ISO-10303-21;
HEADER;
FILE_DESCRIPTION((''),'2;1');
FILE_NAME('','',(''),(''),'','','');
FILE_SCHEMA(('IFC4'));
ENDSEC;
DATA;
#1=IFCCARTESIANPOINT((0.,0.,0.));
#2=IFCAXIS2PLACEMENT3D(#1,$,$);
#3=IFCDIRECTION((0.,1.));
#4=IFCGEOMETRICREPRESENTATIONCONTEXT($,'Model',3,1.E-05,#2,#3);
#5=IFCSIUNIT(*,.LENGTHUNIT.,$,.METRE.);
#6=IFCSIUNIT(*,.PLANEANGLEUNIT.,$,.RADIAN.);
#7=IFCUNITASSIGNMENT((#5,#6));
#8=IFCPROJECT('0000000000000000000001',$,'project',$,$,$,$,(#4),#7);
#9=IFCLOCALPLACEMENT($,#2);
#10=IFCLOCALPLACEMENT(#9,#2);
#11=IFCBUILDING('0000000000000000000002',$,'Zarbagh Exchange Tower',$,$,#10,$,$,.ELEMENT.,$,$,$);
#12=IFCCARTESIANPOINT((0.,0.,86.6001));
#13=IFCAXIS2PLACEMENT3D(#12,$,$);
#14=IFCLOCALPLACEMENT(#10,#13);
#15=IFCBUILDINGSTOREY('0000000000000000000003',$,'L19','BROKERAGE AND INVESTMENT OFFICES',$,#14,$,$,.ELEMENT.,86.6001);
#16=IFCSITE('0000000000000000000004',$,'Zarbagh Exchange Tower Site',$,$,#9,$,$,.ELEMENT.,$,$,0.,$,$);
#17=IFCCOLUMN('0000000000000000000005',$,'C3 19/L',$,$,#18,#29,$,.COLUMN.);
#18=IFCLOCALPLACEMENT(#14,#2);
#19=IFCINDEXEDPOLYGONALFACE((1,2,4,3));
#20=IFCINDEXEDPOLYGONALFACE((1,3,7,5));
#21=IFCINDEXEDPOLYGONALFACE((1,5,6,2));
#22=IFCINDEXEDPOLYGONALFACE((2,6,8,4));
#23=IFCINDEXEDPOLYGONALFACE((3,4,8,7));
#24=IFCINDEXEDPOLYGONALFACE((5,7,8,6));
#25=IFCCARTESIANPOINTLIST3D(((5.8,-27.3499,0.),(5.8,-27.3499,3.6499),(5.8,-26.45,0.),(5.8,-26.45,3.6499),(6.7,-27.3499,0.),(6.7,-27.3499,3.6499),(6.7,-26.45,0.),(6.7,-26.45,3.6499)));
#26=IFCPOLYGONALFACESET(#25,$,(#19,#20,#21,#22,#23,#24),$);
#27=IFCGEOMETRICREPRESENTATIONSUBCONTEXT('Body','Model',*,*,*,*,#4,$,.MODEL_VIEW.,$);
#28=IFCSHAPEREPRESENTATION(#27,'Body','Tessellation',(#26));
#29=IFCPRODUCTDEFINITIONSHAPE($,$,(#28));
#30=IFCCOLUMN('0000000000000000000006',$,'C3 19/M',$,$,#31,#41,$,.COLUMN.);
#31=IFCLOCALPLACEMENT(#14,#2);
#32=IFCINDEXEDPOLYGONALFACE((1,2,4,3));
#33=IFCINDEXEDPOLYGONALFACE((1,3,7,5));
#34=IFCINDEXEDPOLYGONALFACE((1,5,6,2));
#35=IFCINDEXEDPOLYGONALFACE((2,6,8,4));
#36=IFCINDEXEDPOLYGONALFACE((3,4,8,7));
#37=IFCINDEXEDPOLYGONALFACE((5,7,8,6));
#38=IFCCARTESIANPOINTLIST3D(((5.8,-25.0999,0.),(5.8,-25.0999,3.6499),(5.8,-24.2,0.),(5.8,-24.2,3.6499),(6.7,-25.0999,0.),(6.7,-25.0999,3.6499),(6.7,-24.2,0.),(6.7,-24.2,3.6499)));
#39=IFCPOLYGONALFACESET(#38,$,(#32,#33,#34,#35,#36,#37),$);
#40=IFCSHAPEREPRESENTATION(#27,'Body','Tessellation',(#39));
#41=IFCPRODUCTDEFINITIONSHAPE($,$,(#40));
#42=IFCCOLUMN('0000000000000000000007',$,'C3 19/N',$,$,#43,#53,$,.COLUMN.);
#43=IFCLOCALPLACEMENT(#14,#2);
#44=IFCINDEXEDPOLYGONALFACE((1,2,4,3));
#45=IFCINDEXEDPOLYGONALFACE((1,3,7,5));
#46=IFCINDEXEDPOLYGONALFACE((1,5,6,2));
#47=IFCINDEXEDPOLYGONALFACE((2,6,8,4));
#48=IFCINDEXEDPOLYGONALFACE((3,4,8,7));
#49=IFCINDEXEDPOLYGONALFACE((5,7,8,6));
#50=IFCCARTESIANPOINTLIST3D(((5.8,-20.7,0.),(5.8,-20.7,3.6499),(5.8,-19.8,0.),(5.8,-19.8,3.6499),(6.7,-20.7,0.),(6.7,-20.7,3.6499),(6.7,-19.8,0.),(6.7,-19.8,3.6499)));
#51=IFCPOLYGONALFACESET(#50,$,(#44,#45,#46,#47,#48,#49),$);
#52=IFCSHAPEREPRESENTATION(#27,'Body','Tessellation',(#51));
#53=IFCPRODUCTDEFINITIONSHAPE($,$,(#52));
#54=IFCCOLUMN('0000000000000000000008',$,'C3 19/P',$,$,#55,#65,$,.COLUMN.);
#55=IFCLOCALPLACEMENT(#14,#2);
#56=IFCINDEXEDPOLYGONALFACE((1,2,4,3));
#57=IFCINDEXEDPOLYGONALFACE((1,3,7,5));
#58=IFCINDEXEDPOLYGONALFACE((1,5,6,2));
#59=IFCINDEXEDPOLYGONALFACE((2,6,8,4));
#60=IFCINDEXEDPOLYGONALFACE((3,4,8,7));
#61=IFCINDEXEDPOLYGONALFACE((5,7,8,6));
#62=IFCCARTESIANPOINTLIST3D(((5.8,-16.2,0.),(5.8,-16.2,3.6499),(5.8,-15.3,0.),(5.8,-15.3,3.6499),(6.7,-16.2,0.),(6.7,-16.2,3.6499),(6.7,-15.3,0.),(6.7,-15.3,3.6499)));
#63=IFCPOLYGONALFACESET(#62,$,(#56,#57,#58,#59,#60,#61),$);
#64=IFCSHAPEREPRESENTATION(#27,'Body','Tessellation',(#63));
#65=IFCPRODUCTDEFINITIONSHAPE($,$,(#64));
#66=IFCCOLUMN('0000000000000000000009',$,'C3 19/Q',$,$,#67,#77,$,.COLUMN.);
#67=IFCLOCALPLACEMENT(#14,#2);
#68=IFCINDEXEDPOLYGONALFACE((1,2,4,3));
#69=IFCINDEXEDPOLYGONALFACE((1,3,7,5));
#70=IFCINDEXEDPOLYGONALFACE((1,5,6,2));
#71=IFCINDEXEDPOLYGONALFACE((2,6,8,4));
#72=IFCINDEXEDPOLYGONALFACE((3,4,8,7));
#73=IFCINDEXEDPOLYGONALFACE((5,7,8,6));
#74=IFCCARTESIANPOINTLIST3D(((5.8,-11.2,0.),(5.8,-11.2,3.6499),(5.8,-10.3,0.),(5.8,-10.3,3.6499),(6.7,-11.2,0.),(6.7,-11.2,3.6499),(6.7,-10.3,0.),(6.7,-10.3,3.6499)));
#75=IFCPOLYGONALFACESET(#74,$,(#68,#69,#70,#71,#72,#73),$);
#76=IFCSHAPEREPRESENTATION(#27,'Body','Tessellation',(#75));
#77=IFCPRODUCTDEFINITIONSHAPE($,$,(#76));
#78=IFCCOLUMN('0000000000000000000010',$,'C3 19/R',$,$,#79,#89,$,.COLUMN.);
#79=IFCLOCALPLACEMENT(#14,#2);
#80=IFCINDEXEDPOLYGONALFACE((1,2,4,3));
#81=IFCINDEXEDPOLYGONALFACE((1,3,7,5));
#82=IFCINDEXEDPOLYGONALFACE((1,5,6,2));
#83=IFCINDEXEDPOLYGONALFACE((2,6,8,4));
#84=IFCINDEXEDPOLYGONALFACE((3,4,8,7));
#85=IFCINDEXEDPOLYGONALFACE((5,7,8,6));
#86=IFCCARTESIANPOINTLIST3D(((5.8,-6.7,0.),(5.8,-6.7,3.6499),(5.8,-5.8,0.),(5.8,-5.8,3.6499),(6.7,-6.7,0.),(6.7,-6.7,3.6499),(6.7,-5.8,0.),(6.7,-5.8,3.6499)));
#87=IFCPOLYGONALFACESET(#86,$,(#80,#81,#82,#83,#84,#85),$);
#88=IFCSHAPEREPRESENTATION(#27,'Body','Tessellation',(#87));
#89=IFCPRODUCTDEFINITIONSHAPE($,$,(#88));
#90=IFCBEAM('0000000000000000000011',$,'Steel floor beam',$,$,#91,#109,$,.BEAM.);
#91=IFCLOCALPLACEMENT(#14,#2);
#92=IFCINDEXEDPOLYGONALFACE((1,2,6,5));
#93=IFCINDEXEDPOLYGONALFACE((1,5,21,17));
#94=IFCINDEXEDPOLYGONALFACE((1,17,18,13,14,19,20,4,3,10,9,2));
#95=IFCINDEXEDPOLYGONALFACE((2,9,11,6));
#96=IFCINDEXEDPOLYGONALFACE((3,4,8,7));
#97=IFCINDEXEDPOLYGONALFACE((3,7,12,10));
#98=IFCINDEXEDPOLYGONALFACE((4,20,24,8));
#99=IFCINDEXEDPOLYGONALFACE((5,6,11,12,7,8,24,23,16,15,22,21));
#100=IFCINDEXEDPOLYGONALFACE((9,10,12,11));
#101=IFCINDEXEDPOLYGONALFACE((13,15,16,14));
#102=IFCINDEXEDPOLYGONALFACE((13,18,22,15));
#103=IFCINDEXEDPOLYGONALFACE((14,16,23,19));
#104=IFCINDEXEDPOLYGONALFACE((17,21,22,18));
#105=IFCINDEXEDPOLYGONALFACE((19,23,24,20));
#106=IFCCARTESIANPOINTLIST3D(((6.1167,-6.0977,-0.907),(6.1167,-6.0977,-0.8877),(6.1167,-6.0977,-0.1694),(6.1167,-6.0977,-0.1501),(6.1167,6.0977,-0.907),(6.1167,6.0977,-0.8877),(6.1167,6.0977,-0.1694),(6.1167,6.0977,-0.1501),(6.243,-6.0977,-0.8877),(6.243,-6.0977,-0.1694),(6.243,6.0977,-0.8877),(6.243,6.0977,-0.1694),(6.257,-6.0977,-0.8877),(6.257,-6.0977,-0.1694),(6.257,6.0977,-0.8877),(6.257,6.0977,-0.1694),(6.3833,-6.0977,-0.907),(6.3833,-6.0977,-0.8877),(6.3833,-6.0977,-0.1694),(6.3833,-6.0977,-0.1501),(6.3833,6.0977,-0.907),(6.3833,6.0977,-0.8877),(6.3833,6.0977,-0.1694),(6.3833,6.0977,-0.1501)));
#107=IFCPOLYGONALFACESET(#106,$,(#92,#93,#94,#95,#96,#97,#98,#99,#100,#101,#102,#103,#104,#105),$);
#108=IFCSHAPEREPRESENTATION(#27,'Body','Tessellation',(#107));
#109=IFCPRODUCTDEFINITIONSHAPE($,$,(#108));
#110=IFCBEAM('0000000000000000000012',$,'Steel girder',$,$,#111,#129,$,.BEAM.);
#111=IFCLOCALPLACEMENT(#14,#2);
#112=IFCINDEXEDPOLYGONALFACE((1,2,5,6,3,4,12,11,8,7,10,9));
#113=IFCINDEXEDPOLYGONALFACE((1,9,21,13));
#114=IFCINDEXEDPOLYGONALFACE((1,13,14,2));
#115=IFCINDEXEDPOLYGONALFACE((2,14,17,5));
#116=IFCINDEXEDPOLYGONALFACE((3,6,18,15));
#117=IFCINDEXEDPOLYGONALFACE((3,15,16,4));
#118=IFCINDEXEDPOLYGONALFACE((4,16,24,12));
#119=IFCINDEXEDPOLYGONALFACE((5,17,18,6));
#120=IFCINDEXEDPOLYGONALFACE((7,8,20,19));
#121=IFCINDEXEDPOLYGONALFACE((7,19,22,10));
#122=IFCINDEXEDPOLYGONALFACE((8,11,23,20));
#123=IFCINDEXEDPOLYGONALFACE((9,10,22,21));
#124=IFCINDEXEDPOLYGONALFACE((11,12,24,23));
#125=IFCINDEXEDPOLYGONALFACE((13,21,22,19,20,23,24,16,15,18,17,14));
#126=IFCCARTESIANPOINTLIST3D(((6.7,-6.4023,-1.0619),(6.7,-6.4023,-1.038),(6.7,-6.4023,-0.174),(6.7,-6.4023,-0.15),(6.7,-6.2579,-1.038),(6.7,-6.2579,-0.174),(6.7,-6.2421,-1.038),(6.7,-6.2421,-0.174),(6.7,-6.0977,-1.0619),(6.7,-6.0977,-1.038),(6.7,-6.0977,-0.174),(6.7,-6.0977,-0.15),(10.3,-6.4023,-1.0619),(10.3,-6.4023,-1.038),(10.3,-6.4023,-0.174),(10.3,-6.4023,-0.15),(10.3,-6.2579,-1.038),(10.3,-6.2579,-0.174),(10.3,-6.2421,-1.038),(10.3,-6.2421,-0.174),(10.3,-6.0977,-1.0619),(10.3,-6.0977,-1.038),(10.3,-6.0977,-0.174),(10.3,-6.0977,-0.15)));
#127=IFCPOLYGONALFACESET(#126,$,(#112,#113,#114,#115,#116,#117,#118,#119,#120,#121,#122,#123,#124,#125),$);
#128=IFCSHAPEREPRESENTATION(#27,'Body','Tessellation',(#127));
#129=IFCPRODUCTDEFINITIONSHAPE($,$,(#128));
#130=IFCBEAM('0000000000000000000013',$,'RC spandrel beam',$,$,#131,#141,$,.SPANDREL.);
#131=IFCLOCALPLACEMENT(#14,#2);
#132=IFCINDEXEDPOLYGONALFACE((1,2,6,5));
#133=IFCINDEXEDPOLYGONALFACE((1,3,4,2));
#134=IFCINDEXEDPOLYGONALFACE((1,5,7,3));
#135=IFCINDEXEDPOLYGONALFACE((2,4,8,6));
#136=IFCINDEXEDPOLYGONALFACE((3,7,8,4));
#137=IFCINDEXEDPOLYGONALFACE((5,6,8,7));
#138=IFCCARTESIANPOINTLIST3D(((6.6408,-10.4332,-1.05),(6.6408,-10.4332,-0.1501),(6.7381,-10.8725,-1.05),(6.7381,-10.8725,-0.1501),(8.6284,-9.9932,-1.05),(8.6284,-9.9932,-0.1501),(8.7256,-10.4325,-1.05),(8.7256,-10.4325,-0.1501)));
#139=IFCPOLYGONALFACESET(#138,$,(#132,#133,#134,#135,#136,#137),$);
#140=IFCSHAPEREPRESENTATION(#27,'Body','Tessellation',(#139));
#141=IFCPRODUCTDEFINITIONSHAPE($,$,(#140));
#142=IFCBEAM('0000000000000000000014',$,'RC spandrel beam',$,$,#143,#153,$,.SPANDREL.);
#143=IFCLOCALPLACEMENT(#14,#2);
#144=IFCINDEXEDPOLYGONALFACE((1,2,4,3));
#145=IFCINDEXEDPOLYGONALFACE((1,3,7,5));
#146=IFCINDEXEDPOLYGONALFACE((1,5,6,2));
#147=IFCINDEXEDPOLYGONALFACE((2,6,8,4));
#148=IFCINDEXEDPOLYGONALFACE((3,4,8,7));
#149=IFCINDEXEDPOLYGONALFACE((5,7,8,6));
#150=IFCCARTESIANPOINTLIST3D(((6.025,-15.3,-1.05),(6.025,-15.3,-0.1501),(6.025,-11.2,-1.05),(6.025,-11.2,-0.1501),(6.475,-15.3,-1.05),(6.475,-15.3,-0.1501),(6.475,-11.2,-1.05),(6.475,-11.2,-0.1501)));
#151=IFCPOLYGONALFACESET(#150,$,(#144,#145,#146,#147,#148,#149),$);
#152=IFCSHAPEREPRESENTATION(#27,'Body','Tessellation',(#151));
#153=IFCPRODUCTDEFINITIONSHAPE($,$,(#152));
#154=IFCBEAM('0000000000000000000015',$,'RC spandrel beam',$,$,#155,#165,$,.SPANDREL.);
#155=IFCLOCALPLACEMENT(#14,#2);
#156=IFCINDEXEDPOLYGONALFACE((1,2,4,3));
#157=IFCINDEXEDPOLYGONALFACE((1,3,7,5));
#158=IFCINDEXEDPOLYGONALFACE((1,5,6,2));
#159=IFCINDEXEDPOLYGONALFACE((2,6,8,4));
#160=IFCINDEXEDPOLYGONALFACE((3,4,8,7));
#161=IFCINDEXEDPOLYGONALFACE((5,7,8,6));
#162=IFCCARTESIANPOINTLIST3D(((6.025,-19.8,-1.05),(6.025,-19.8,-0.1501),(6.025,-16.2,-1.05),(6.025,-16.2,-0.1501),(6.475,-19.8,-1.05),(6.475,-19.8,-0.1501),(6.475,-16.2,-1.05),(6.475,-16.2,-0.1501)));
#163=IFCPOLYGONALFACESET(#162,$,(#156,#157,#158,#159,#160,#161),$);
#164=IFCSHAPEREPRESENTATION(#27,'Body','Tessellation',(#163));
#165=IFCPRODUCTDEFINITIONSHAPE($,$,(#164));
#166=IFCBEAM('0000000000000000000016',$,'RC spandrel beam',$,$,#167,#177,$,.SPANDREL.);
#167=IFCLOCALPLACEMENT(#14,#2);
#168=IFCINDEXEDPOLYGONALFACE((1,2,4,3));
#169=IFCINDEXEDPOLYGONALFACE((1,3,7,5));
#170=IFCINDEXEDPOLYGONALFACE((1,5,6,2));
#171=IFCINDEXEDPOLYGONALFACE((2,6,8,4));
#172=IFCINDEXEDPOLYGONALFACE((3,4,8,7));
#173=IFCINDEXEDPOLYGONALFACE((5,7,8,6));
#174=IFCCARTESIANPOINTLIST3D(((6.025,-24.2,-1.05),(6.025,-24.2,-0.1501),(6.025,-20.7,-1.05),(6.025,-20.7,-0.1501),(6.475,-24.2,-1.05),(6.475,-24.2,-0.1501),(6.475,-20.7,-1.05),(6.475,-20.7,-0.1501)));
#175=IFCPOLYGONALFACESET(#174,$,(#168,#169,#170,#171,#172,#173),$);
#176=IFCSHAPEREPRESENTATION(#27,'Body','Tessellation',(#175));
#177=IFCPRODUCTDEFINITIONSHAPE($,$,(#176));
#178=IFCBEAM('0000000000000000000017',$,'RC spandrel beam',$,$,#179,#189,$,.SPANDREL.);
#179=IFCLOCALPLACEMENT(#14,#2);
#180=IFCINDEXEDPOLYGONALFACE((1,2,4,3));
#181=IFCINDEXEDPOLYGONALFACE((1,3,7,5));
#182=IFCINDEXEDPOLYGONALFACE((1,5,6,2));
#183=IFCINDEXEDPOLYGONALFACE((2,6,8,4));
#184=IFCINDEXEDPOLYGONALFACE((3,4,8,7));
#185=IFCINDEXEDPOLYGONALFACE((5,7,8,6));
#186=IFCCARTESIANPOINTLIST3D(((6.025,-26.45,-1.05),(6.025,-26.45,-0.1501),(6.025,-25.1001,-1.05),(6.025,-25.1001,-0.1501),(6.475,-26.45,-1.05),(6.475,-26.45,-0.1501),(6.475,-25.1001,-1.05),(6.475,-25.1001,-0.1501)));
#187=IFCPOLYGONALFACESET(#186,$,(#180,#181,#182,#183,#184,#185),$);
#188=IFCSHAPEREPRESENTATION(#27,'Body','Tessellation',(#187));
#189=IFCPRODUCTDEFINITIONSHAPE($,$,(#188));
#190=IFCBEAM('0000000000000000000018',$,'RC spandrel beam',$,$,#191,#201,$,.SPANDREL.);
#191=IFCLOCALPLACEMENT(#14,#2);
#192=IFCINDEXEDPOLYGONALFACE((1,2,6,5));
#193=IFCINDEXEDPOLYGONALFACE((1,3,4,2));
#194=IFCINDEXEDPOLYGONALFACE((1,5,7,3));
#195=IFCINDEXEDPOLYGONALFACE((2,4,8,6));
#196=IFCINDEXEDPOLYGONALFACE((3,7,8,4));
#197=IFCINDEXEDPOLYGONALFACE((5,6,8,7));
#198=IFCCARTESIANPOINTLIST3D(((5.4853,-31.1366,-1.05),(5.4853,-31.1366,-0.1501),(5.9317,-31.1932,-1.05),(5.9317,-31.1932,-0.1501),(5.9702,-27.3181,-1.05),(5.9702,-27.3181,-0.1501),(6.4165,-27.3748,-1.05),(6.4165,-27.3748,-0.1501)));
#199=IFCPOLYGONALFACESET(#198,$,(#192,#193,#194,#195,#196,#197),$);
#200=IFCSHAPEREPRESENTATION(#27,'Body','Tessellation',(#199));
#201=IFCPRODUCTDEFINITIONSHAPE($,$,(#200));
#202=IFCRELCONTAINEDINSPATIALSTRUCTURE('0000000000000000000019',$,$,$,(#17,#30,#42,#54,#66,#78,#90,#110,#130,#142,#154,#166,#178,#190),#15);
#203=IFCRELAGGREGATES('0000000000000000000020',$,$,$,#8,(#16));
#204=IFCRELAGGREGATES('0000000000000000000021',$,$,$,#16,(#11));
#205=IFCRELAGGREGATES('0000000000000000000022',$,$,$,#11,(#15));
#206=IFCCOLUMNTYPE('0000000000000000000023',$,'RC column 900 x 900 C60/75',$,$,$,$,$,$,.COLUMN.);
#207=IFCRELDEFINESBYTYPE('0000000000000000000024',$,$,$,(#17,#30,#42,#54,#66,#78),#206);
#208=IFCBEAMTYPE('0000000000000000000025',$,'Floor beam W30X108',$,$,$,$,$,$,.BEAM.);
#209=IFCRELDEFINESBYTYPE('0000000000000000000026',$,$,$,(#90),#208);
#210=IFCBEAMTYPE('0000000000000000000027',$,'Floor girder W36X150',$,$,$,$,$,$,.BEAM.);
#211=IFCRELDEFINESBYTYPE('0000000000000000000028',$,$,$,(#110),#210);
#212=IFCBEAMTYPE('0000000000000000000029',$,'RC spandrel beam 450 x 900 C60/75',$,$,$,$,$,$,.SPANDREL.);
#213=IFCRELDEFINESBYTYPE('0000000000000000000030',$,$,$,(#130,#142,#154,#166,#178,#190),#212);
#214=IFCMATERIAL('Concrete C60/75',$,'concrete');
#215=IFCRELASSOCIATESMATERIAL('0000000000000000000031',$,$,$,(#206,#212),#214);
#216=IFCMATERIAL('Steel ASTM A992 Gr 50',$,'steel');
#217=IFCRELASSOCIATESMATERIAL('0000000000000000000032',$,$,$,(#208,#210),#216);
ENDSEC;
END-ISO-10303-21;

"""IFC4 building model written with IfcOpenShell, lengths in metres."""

from ifc_helpers import new_model, si_unit, direction, frame, origin, origin_2d, place, context, subcontext, project, spatial, rectangle, i_section, extrude, material, material_profile, profile_set, type_object, element, save


model = new_model("IFC4")

# Units and contexts
model_context = context("Model", 3, precision=1e-05, world=origin(), true_north=direction((0.0, 1.0)))
body_context = subcontext(model_context, "Body", "Model", "MODEL_VIEW")
ifc_project = project(units=[si_unit("LENGTHUNIT", "METRE"), si_unit("PLANEANGLEUNIT", "RADIAN")], contexts=[model_context])

# Site, building, storey
site_placement = place(None, origin())
site = spatial("IfcSite", under=ifc_project, at=site_placement, Name="Zarbagh Exchange Tower Site", CompositionType="ELEMENT", RefElevation=0.0)
building_placement = place(site_placement, origin())
building = spatial("IfcBuilding", under=site, at=building_placement, Name="Zarbagh Exchange Tower", CompositionType="ELEMENT")
storey_placement = place(building_placement, frame((0.0, 0.0, 86.6001)))
storey = spatial("IfcBuildingStorey", under=building, at=storey_placement, Name="L19", Description="BROKERAGE AND INVESTMENT OFFICES", CompositionType="ELEMENT", Elevation=86.6001)

# Columns
ifc_material_1 = material(Name="Concrete C60/75", Category="concrete")
ifc_material_profile_1 = material_profile(ifc_material_1, rectangle(XDim=0.8999, YDim=0.8999, at=origin_2d()), Name="RC column 900 x 900 C60/75")
ifc_profile_set_1 = profile_set([ifc_material_profile_1], Name="Concrete C60/75")
column_type = type_object("IfcColumnType", Name="RC column 900 x 900 C60/75", PredefinedType="COLUMN", material=ifc_profile_set_1)
for number, where, z_axis, x_axis, name in (
    (1, (6.25, -26.8999, 0.0), (0.0, 0.0, 1.0), (1.0, 0.0, 0.0), "C3 19/L"),
    (2, (6.25, -24.6499, 0.0), (0.0, 0.0, 1.0), (1.0, 0.0, 0.0), "C3 19/M"),
    (3, (6.25, -20.25, 0.0), (0.0, 0.0, 1.0), (1.0, 0.0, 0.0), "C3 19/N"),
    (4, (6.25, -15.75, 0.0), (0.0, 0.0, 1.0), (1.0, 0.0, 0.0), "C3 19/P"),
    (5, (6.25, -10.75, 0.0), (0.0, 0.0, 1.0), (1.0, 0.0, 0.0), "C3 19/Q"),
    (6, (6.25, -6.25, 0.0), (0.0, 0.0, 1.0), (1.0, 0.0, 0.0), "C3 19/R"),
):
    element("IfcColumn", number, at=place(storey_placement, frame(where, z_axis=z_axis, x_axis=x_axis)), inside=storey, type_object=column_type, Name=name, PredefinedType="COLUMN", context=body_context, shape_type="SweptSolid", body=[
        extrude(rectangle(XDim=0.8999, YDim=0.8999, at=origin_2d()), origin(), (0.0, 0.0, 1.0), 3.6499),
    ])

# Beams
ifc_material_2 = material(Name="Steel ASTM A992 Gr 50", Category="steel")
ifc_material_profile_2 = material_profile(ifc_material_2, i_section(OverallWidth=0.2666, OverallDepth=0.7568, WebThickness=0.0139, FlangeThickness=0.0193, at=origin_2d()), Name="W30X108")
ifc_profile_set_2 = profile_set([ifc_material_profile_2], Name="Steel ASTM A992 Gr 50")
beam_type_1 = type_object("IfcBeamType", Name="Floor beam W30X108", PredefinedType="BEAM", material=ifc_profile_set_2)
beam_1_placement = place(storey_placement, frame((6.25, -6.0977, -0.5286), z_axis=(0.0, 1.0, 0.0), x_axis=(-1.0, 0.0, 0.0)))
element("IfcBeam", 7, at=beam_1_placement, inside=storey, type_object=beam_type_1, Name="Steel floor beam", PredefinedType="BEAM", context=body_context, shape_type="SweptSolid", body=[
    extrude(i_section(OverallWidth=0.2666, OverallDepth=0.7568, WebThickness=0.0139, FlangeThickness=0.0193, at=origin_2d()), origin(), (0.0, 0.0, 1.0), 12.1953),
])
ifc_material_profile_3 = material_profile(ifc_material_2, i_section(OverallWidth=0.3047, OverallDepth=0.9119, WebThickness=0.0159, FlangeThickness=0.0239, at=origin_2d()), Name="W36X150")
ifc_profile_set_3 = profile_set([ifc_material_profile_3], Name="Steel ASTM A992 Gr 50")
beam_type_2 = type_object("IfcBeamType", Name="Floor girder W36X150", PredefinedType="BEAM", material=ifc_profile_set_3)
beam_2_placement = place(storey_placement, frame((6.7, -6.25, -0.606), z_axis=(1.0, 0.0, 0.0), x_axis=(0.0, 1.0, 0.0)))
element("IfcBeam", 8, at=beam_2_placement, inside=storey, type_object=beam_type_2, Name="Steel girder", PredefinedType="BEAM", context=body_context, shape_type="SweptSolid", body=[
    extrude(i_section(OverallWidth=0.3047, OverallDepth=0.9119, WebThickness=0.0159, FlangeThickness=0.0239, at=origin_2d()), origin(), (0.0, 0.0, 1.0), 3.6001),
])
ifc_material_profile_4 = material_profile(ifc_material_1, rectangle(XDim=0.45, YDim=0.8999, at=origin_2d()), Name="RC spandrel beam 450 x 900 C60/75")
ifc_profile_set_4 = profile_set([ifc_material_profile_4], Name="Concrete C60/75")
beam_type_3 = type_object("IfcBeamType", Name="RC spandrel beam 450 x 900 C60/75", PredefinedType="SPANDREL", material=ifc_profile_set_4)
beam_3_placement = place(storey_placement, frame((8.677, -10.2129, -0.6001), z_axis=(-0.976367, -0.216118, 0.0), x_axis=(0.216118, -0.976367, 0.0)))
element("IfcBeam", 9, at=beam_3_placement, inside=storey, type_object=beam_type_3, Name="RC spandrel beam", PredefinedType="SPANDREL", context=body_context, shape_type="SweptSolid", body=[
    extrude(rectangle(XDim=0.45, YDim=0.8999, at=origin_2d()), origin(), (0.0, 0.0, 1.0), 2.0356),
])
beam_4_placement = place(storey_placement, frame((6.25, -11.2, -0.6001), z_axis=(0.0, -1.0, 0.0), x_axis=(1.0, 0.0, 0.0)))
element("IfcBeam", 10, at=beam_4_placement, inside=storey, type_object=beam_type_3, Name="RC spandrel beam", PredefinedType="SPANDREL", context=body_context, shape_type="SweptSolid", body=[
    extrude(rectangle(XDim=0.45, YDim=0.8999, at=origin_2d()), origin(), (0.0, 0.0, 1.0), 4.1001),
])
beam_5_placement = place(storey_placement, frame((6.25, -16.2, -0.6001), z_axis=(0.0, -1.0, 0.0), x_axis=(1.0, 0.0, 0.0)))
element("IfcBeam", 11, at=beam_5_placement, inside=storey, type_object=beam_type_3, Name="RC spandrel beam", PredefinedType="SPANDREL", context=body_context, shape_type="SweptSolid", body=[
    extrude(rectangle(XDim=0.45, YDim=0.8999, at=origin_2d()), origin(), (0.0, 0.0, 1.0), 3.6001),
])
beam_6_placement = place(storey_placement, frame((6.25, -20.7, -0.6001), z_axis=(0.0, -1.0, 0.0), x_axis=(1.0, 0.0, 0.0)))
element("IfcBeam", 12, at=beam_6_placement, inside=storey, type_object=beam_type_3, Name="RC spandrel beam", PredefinedType="SPANDREL", context=body_context, shape_type="SweptSolid", body=[
    extrude(rectangle(XDim=0.45, YDim=0.8999, at=origin_2d()), origin(), (0.0, 0.0, 1.0), 3.5),
])
beam_7_placement = place(storey_placement, frame((6.25, -25.1001, -0.6001), z_axis=(0.0, -1.0, 0.0), x_axis=(1.0, 0.0, 0.0)))
element("IfcBeam", 13, at=beam_7_placement, inside=storey, type_object=beam_type_3, Name="RC spandrel beam", PredefinedType="SPANDREL", context=body_context, shape_type="SweptSolid", body=[
    extrude(rectangle(XDim=0.45, YDim=0.8999, at=origin_2d()), origin(), (0.0, 0.0, 1.0), 1.3499),
])
beam_8_placement = place(storey_placement, frame((6.1934, -27.3464, -0.6001), z_axis=(-0.125971, -0.992034, 0.0), x_axis=(0.992034, -0.125971, 0.0)))
element("IfcBeam", 14, at=beam_8_placement, inside=storey, type_object=beam_type_3, Name="RC spandrel beam", PredefinedType="SPANDREL", context=body_context, shape_type="SweptSolid", body=[
    extrude(rectangle(XDim=0.45, YDim=0.8999, at=origin_2d()), origin(), (0.0, 0.0, 1.0), 3.8491),
])

save(model, "model.ifc")
